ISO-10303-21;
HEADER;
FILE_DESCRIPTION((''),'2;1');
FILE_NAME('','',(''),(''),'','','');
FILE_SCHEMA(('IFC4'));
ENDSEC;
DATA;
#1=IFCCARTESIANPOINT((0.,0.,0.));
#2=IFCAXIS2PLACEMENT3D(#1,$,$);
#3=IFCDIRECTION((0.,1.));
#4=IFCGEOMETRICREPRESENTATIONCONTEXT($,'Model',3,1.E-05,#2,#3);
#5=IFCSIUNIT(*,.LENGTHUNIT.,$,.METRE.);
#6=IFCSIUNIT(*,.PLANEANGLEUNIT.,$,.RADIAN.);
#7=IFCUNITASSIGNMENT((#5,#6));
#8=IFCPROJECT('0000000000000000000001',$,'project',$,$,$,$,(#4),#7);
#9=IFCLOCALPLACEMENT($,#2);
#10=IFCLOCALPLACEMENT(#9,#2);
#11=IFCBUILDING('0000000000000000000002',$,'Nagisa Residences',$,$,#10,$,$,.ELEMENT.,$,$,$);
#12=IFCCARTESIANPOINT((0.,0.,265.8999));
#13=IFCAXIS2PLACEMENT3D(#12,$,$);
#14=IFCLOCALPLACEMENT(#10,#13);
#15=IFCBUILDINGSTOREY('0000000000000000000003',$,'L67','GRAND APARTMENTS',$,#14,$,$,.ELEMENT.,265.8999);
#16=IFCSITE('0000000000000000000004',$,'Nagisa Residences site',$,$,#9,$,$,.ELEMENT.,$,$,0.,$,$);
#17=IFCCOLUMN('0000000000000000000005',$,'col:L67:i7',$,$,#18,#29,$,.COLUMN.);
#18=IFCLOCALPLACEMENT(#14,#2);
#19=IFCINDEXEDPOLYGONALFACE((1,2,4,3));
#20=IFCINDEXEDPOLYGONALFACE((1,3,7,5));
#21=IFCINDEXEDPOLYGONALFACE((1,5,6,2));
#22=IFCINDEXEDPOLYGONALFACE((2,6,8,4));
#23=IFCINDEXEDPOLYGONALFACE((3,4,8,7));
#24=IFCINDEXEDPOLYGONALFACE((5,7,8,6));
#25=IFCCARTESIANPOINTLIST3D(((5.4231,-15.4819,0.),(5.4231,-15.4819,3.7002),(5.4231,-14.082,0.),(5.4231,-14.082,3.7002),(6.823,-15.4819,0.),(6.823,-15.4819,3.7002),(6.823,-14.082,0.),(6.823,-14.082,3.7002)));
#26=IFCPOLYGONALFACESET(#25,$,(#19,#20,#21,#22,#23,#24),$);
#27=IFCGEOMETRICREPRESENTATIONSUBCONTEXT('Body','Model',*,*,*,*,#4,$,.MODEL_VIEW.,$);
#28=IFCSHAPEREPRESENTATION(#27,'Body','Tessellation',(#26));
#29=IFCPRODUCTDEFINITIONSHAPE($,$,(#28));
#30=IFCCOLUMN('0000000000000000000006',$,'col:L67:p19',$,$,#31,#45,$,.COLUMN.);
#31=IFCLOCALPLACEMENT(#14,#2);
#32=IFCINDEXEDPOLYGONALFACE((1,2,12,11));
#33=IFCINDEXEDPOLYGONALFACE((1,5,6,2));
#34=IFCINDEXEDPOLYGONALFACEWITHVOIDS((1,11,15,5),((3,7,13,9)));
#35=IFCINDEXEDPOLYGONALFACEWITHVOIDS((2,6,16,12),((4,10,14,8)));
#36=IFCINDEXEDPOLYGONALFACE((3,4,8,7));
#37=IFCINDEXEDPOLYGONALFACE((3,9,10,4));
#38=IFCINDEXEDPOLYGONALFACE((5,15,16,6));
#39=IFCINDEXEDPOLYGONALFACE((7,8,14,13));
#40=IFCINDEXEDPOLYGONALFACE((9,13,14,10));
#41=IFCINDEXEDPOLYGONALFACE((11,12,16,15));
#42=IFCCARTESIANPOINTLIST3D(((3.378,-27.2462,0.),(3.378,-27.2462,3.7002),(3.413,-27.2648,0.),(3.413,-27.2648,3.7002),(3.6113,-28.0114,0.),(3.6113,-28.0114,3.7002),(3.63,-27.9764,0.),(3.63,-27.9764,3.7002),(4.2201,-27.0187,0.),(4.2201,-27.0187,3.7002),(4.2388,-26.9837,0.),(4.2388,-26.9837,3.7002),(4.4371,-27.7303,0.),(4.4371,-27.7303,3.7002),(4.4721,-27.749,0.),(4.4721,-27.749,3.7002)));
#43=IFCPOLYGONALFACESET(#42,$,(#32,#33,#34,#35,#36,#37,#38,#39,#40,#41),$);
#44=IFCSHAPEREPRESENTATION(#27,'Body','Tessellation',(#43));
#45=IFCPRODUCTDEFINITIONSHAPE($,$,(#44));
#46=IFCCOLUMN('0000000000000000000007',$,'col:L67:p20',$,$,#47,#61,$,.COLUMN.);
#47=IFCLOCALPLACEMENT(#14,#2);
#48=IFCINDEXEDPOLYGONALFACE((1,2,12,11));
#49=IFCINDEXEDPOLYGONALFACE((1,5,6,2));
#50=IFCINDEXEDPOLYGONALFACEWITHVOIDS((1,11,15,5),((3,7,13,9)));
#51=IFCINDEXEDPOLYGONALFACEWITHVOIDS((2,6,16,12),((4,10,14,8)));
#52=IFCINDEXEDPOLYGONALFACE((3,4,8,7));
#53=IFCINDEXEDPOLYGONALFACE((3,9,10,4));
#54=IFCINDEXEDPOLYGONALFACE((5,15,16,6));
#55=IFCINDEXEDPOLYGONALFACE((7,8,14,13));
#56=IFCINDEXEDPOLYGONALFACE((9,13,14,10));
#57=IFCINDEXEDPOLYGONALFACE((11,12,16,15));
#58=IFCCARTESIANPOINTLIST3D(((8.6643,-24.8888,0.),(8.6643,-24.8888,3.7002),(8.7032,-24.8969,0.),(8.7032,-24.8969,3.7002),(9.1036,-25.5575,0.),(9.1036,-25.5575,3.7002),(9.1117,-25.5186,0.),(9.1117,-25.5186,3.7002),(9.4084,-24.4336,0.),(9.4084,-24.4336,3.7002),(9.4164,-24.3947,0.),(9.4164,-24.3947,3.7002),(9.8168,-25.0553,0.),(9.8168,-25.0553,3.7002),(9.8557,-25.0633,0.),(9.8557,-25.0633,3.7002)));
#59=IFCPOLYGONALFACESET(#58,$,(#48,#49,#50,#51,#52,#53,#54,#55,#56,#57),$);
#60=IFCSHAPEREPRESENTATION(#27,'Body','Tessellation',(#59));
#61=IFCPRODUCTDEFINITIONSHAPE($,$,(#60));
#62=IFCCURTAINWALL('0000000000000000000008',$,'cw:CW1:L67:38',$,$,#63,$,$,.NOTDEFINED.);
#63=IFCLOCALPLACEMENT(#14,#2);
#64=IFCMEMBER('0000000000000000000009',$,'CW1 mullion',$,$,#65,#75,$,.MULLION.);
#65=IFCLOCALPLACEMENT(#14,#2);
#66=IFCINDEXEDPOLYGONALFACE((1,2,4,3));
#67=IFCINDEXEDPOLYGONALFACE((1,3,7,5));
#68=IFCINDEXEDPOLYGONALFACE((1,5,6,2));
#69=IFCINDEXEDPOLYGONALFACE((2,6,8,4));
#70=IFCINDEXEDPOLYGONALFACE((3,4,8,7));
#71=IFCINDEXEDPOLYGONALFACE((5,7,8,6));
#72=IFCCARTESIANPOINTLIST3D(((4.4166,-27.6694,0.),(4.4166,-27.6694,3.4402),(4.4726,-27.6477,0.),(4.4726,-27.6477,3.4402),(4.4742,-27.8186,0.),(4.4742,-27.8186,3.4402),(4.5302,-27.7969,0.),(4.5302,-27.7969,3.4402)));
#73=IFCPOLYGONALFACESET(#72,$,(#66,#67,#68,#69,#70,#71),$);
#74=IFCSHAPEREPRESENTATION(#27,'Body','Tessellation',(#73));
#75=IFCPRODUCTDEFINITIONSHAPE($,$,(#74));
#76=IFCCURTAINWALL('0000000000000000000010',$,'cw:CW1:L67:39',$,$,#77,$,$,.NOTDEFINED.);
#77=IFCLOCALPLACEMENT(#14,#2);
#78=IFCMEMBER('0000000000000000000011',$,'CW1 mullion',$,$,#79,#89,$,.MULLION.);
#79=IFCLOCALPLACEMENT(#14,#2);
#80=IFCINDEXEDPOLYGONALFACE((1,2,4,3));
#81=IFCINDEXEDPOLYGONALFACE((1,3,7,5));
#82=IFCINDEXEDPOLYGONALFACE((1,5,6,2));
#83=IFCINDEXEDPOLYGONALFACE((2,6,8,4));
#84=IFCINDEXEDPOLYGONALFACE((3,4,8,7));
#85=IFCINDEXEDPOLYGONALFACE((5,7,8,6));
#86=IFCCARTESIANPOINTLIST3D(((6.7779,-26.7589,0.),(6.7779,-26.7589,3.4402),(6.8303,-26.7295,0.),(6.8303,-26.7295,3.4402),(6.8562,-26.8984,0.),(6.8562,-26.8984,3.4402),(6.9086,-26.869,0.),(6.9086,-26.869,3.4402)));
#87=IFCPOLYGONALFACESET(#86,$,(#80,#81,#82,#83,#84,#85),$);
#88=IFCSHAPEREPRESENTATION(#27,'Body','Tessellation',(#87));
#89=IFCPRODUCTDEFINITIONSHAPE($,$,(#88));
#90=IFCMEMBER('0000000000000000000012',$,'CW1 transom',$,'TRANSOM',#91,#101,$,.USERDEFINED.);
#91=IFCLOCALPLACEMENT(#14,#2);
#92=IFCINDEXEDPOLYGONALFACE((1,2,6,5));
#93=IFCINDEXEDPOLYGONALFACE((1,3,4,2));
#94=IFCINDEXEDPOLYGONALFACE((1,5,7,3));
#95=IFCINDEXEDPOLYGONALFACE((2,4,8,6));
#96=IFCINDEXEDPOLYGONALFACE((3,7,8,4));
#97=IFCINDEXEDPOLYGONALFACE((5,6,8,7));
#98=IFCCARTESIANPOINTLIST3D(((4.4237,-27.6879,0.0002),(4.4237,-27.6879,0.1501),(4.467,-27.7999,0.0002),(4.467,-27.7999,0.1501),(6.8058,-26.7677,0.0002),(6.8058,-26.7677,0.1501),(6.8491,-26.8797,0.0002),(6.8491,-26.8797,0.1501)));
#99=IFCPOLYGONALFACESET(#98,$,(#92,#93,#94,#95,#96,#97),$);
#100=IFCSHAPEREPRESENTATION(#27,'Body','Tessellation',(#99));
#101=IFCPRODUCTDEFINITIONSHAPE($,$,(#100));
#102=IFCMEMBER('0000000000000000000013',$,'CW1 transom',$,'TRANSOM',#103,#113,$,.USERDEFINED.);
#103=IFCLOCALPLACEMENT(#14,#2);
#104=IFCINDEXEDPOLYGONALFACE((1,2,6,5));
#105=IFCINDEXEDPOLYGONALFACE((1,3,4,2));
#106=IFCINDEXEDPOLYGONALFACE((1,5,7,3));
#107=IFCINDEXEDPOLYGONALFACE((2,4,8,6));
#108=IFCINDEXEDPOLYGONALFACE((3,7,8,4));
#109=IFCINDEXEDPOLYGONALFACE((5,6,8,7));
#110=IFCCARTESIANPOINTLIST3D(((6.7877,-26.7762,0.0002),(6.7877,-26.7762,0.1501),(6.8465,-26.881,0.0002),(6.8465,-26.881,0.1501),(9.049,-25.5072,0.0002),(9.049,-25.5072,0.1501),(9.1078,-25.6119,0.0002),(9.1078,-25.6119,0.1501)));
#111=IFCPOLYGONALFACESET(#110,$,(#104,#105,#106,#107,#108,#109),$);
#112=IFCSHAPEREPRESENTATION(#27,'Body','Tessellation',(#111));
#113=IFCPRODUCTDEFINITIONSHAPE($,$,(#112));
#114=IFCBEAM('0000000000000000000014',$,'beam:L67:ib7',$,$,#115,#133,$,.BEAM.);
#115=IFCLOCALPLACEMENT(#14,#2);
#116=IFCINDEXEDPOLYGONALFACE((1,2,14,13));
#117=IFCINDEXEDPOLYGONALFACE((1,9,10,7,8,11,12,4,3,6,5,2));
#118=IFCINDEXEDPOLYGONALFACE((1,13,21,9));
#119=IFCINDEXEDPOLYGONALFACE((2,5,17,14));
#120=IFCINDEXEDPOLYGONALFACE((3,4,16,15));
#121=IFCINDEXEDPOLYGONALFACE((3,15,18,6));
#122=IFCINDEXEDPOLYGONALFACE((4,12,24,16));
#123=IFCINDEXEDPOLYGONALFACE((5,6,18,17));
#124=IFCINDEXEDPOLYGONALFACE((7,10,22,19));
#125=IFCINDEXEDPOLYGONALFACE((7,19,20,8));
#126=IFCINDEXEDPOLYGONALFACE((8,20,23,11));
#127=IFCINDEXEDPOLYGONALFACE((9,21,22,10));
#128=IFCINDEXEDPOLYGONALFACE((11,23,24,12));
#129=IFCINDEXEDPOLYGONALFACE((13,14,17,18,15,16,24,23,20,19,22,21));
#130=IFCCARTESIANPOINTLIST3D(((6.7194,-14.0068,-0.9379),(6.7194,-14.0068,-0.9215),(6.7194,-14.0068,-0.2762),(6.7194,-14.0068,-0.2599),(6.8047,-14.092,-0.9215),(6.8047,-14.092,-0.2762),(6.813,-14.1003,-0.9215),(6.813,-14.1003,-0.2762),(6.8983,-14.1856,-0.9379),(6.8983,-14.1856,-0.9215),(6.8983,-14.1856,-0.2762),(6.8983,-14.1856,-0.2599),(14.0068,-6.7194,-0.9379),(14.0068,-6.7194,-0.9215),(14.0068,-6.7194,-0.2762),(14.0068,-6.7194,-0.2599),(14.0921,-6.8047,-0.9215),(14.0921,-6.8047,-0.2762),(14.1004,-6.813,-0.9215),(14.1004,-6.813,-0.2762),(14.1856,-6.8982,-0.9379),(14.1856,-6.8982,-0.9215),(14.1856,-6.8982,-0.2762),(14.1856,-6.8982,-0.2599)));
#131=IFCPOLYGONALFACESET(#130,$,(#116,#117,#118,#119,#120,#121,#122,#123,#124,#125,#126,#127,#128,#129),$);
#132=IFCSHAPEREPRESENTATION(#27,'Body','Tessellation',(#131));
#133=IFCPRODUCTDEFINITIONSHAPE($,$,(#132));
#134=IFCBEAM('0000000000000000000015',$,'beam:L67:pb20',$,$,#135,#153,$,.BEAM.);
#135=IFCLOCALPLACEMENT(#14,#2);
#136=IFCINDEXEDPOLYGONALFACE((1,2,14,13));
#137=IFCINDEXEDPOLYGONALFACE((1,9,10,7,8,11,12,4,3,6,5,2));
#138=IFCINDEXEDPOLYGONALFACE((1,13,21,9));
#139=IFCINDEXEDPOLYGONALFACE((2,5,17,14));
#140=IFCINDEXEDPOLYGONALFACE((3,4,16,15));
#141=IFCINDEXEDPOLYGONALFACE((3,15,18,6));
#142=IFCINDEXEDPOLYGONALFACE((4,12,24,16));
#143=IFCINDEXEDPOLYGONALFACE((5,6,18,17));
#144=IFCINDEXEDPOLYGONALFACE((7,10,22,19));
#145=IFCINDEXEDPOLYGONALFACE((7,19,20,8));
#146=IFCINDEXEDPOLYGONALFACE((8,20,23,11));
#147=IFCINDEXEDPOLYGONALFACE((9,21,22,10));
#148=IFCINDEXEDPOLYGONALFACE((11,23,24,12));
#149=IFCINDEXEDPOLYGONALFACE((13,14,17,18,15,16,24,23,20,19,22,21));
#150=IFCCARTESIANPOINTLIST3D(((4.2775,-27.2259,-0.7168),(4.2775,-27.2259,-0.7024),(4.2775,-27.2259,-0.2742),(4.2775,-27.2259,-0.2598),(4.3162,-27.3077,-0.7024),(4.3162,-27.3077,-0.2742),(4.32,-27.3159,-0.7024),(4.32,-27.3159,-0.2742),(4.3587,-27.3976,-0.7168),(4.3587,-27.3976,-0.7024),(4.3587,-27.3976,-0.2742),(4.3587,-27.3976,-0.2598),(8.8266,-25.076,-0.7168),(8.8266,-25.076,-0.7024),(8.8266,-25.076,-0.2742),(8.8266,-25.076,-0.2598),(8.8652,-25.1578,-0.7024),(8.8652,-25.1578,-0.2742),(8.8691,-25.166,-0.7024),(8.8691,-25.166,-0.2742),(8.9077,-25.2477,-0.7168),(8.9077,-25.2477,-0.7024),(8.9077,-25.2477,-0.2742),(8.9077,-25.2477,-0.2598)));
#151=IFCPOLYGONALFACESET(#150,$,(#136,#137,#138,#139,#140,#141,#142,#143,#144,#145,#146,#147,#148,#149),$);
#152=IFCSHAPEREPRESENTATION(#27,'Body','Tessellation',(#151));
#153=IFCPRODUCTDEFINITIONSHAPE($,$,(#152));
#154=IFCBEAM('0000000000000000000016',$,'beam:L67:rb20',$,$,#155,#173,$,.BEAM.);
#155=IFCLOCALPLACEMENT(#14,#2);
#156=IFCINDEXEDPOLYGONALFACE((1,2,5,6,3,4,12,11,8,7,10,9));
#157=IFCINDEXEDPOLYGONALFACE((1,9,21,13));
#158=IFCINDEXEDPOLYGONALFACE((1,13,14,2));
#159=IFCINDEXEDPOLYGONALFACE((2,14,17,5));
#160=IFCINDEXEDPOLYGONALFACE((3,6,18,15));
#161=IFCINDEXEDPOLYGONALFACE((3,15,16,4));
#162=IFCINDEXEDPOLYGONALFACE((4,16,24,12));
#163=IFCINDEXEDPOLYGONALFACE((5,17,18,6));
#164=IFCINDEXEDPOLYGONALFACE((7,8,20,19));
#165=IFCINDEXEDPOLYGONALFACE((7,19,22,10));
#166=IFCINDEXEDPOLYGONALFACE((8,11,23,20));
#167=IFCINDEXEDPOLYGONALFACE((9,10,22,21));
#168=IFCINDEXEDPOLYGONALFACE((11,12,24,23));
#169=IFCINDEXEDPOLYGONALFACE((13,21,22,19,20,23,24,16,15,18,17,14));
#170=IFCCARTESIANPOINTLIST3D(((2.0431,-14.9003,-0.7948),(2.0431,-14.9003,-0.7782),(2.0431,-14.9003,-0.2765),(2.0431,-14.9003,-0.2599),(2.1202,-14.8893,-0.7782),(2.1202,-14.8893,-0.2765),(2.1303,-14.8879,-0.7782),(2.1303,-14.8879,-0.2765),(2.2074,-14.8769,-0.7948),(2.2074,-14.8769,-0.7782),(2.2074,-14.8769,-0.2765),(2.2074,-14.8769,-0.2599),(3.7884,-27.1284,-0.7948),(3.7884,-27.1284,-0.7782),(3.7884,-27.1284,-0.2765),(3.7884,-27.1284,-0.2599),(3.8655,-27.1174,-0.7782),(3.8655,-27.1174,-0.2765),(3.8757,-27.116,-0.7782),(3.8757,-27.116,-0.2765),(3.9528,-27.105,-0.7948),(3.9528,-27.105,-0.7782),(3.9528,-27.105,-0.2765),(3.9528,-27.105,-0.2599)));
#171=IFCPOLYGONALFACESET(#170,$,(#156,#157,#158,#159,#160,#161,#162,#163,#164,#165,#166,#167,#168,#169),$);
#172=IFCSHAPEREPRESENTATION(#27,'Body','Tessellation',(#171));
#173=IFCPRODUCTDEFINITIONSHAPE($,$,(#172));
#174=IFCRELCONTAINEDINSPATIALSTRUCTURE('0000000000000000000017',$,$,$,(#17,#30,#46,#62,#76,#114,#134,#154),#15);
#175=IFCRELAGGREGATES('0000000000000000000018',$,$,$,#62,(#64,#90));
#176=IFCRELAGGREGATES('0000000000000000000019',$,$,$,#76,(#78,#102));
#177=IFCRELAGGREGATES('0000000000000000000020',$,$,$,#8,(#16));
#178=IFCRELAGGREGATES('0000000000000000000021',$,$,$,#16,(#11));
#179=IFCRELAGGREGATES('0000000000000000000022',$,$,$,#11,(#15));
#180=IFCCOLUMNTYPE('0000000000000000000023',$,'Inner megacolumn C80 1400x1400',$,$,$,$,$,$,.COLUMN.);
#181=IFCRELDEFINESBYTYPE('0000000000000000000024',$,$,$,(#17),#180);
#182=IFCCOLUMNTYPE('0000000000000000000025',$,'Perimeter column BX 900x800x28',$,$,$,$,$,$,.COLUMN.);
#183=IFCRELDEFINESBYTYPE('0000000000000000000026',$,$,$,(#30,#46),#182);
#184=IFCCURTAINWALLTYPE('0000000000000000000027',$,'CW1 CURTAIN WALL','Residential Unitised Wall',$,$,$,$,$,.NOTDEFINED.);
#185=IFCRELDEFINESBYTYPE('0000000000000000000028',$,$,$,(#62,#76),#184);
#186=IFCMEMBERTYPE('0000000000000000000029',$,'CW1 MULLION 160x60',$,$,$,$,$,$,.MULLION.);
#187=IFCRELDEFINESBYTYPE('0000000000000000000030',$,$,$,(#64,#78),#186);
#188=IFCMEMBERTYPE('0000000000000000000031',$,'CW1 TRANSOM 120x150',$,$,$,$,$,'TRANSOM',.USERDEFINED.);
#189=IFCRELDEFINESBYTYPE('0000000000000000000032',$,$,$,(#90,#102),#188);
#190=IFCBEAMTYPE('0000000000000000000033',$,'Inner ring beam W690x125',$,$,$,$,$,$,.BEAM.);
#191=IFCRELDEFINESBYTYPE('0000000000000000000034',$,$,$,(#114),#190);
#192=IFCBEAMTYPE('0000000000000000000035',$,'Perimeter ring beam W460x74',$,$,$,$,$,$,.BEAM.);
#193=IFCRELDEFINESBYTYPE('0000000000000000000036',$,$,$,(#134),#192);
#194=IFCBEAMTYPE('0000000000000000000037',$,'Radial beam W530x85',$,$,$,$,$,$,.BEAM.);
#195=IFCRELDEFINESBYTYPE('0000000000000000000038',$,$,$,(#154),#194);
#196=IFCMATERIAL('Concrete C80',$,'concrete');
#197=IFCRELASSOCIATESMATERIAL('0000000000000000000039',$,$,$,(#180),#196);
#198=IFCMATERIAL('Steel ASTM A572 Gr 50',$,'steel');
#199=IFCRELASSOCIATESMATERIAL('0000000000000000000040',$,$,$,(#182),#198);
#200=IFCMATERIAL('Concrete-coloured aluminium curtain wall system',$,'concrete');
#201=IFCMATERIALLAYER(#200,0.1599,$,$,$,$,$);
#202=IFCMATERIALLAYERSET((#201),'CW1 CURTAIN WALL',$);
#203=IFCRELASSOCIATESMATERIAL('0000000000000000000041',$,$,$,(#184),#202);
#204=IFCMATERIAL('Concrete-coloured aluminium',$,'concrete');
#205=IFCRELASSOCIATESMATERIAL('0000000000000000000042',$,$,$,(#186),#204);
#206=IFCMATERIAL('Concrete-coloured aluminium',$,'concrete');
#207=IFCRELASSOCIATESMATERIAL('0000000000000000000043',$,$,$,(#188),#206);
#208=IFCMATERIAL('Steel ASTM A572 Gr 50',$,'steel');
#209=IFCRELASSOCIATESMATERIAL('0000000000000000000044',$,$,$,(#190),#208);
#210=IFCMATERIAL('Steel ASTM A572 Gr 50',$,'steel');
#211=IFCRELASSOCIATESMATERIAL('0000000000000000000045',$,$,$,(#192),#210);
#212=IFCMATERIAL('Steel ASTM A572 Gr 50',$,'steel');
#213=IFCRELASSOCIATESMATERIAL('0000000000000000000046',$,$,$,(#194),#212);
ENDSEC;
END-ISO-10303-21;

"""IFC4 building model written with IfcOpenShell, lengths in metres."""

from ifc_helpers import new_model, si_unit, direction, frame, origin, origin_2d, place, context, subcontext, project, spatial, rectangle, hollow_rectangle, i_section, extrude, material, layer, layer_set, material_profile, profile_set, type_object, element, aggregate, save


model = new_model("IFC4")

# Units and contexts
model_context = context("Model", 3, precision=1e-05, world=origin(), true_north=direction((0.0, 1.0)))
body_context = subcontext(model_context, "Body", "Model", "MODEL_VIEW")
ifc_project = project(units=[si_unit("LENGTHUNIT", "METRE"), si_unit("PLANEANGLEUNIT", "RADIAN")], contexts=[model_context])

# Site, building, storey
site_placement = place(None, origin())
site = spatial("IfcSite", under=ifc_project, at=site_placement, Name="Nagisa Residences site", CompositionType="ELEMENT", RefElevation=0.0)
building_placement = place(site_placement, origin())
building = spatial("IfcBuilding", under=site, at=building_placement, Name="Nagisa Residences", CompositionType="ELEMENT")
storey_placement = place(building_placement, frame((0.0, 0.0, 265.8999)))
storey = spatial("IfcBuildingStorey", under=building, at=storey_placement, Name="L67", Description="GRAND APARTMENTS", CompositionType="ELEMENT", Elevation=265.8999)

# Columns
ifc_material_1 = material(Name="Concrete C80", Category="concrete")
ifc_material_profile_1 = material_profile(ifc_material_1, rectangle(XDim=1.3999, YDim=1.3999, at=origin_2d()), Name="C80 1400x1400")
ifc_profile_set_1 = profile_set([ifc_material_profile_1], Name="Concrete C80")
column_type_1 = type_object("IfcColumnType", Name="Inner megacolumn C80 1400x1400", PredefinedType="COLUMN", material=ifc_profile_set_1)
column_placement = place(storey_placement, frame((6.123, -14.782, 0.0), z_axis=(0.0, 0.0, 1.0), x_axis=(1.0, 0.0, 0.0)))
element("IfcColumn", 1, at=column_placement, inside=storey, type_object=column_type_1, Name="col:L67:i7", PredefinedType="COLUMN", context=body_context, shape_type="SweptSolid", body=[
    extrude(rectangle(XDim=1.3999, YDim=1.3999, at=origin_2d()), origin(), (0.0, 0.0, 1.0), 3.7002),
])
ifc_material_2 = material(Name="Steel ASTM A572 Gr 50", Category="steel")
ifc_material_profile_2 = material_profile(ifc_material_2, hollow_rectangle(XDim=0.8999, YDim=0.8, WallThickness=0.0281, at=origin_2d()), Name="BX 900x800x28")
ifc_profile_set_2 = profile_set([ifc_material_profile_2], Name="Steel ASTM A572 Gr 50")
column_type_2 = type_object("IfcColumnType", Name="Perimeter column BX 900x800x28", PredefinedType="COLUMN", material=ifc_profile_set_2)
for number, where, z_axis, x_axis, name in (
    (2, (3.925, -27.4976, 0.0), (0.0, 0.0, 1.0), (0.956525, 0.291652, 0.0), "col:L67:p19"),
    (3, (9.26, -24.9761, 0.0), (0.0, 0.0, 1.0), (0.835766, 0.549086, 0.0), "col:L67:p20"),
):
    element("IfcColumn", number, at=place(storey_placement, frame(where, z_axis=z_axis, x_axis=x_axis)), inside=storey, type_object=column_type_2, Name=name, PredefinedType="COLUMN", context=body_context, shape_type="SweptSolid", body=[
        extrude(hollow_rectangle(XDim=0.8999, YDim=0.8, WallThickness=0.0281, at=origin_2d()), origin(), (0.0, 0.0, 1.0), 3.7002),
    ])

# Curtain walls, members
ifc_material_3 = material(Name="Concrete-coloured aluminium curtain wall system", Category="concrete")
ifc_layer_1 = layer(ifc_material_3, 0.1599)
ifc_layer_set_1 = layer_set([ifc_layer_1], Name="CW1 CURTAIN WALL")
curtain_wall_type = type_object("IfcCurtainWallType", Name="CW1 CURTAIN WALL", Description="Residential Unitised Wall", PredefinedType="NOTDEFINED", material=ifc_layer_set_1)
curtain_wall_1_placement = place(storey_placement, origin())
curtain_wall_1 = element("IfcCurtainWall", 4, at=curtain_wall_1_placement, inside=storey, type_object=curtain_wall_type, Name="cw:CW1:L67:38", PredefinedType="NOTDEFINED")
ifc_material_4 = material(Name="Concrete-coloured aluminium", Category="concrete")
ifc_material_profile_3 = material_profile(ifc_material_4, rectangle(XDim=0.1599, YDim=0.0601, at=origin_2d()), Name="CW1 MULLION 160x60")
ifc_profile_set_3 = profile_set([ifc_material_profile_3], Name="Concrete-coloured aluminium")
member_type_1 = type_object("IfcMemberType", Name="CW1 MULLION 160x60", PredefinedType="MULLION", material=ifc_profile_set_3)
member_1_placement = place(storey_placement, frame((4.4734, -27.7332, 0.0), z_axis=(0.0, 0.0, 1.0), x_axis=(-0.360328, 0.932826, 0.0)))
member_1 = element("IfcMember", 5, at=member_1_placement, type_object=member_type_1, Name="CW1 mullion", PredefinedType="MULLION", context=body_context, shape_type="SweptSolid", body=[
    extrude(rectangle(XDim=0.1599, YDim=0.0601, at=origin_2d()), origin(), (0.0, 0.0, 1.0), 3.4402),
])
curtain_wall_2_placement = place(storey_placement, origin())
curtain_wall_2 = element("IfcCurtainWall", 6, at=curtain_wall_2_placement, inside=storey, type_object=curtain_wall_type, Name="cw:CW1:L67:39", PredefinedType="NOTDEFINED")
member_2_placement = place(storey_placement, frame((6.8433, -26.814, 0.0), z_axis=(0.0, 0.0, 1.0), x_axis=(-0.489377, 0.872072, 0.0)))
member_2 = element("IfcMember", 7, at=member_2_placement, type_object=member_type_1, Name="CW1 mullion", PredefinedType="MULLION", context=body_context, shape_type="SweptSolid", body=[
    extrude(rectangle(XDim=0.1599, YDim=0.0601, at=origin_2d()), origin(), (0.0, 0.0, 1.0), 3.4402),
])

# Members
ifc_material_5 = material(Name="Concrete-coloured aluminium", Category="concrete")
ifc_material_profile_4 = material_profile(ifc_material_5, rectangle(XDim=0.1201, YDim=0.1499, at=origin_2d()), Name="CW1 TRANSOM 120x150")
ifc_profile_set_4 = profile_set([ifc_material_profile_4], Name="Concrete-coloured aluminium")
member_type_2 = type_object("IfcMemberType", Name="CW1 TRANSOM 120x150", ElementType="TRANSOM", PredefinedType="USERDEFINED", material=ifc_profile_set_4)
member_3_placement = place(storey_placement, frame((4.4453, -27.7439, 0.0752), z_axis=(0.932822, 0.360337, 0.0), x_axis=(-0.360337, 0.932822, 0.0)))
member_3 = element("IfcMember", 8, at=member_3_placement, type_object=member_type_2, Name="CW1 transom", ObjectType="TRANSOM", PredefinedType="USERDEFINED", context=body_context, shape_type="SweptSolid", body=[
    extrude(rectangle(XDim=0.1201, YDim=0.1499, at=origin_2d()), origin(), (0.0, 0.0, 1.0), 2.5537),
])
member_4_placement = place(storey_placement, frame((6.8171, -26.8286, 0.0752), z_axis=(0.872053, 0.489412, 0.0), x_axis=(-0.489412, 0.872053, 0.0)))
member_4 = element("IfcMember", 9, at=member_4_placement, type_object=member_type_2, Name="CW1 transom", ObjectType="TRANSOM", PredefinedType="USERDEFINED", context=body_context, shape_type="SweptSolid", body=[
    extrude(rectangle(XDim=0.1201, YDim=0.1499, at=origin_2d()), origin(), (0.0, 0.0, 1.0), 2.593),
])

# Beams
ifc_material_6 = material(Name="Steel ASTM A572 Gr 50", Category="steel")
ifc_material_profile_5 = material_profile(ifc_material_6, i_section(OverallWidth=0.2529, OverallDepth=0.678, WebThickness=0.0117, FlangeThickness=0.0164, at=origin_2d()), Name="W690x125")
ifc_profile_set_5 = profile_set([ifc_material_profile_5], Name="Steel ASTM A572 Gr 50")
beam_type_1 = type_object("IfcBeamType", Name="Inner ring beam W690x125", PredefinedType="BEAM", material=ifc_profile_set_5)
beam_1_placement = place(storey_placement, frame((6.8088, -14.0962, -0.5989), z_axis=(0.707107, 0.707107, 0.0), x_axis=(-0.707107, 0.707107, 0.0)))
element("IfcBeam", 10, at=beam_1_placement, inside=storey, type_object=beam_type_1, Name="beam:L67:ib7", PredefinedType="BEAM", context=body_context, shape_type="SweptSolid", body=[
    extrude(i_section(OverallWidth=0.2529, OverallDepth=0.678, WebThickness=0.0117, FlangeThickness=0.0164, at=origin_2d()), origin(), (0.0, 0.0, 1.0), 10.3059),
])
ifc_material_7 = material(Name="Steel ASTM A572 Gr 50", Category="steel")
ifc_material_profile_6 = material_profile(ifc_material_7, i_section(OverallWidth=0.1899, OverallDepth=0.457, WebThickness=0.009, FlangeThickness=0.0144, at=origin_2d()), Name="W460x74")
ifc_profile_set_6 = profile_set([ifc_material_profile_6], Name="Steel ASTM A572 Gr 50")
beam_type_2 = type_object("IfcBeamType", Name="Perimeter ring beam W460x74", PredefinedType="BEAM", material=ifc_profile_set_6)
beam_2_placement = place(storey_placement, frame((4.3181, -27.3118, -0.4883), z_axis=(0.904116, 0.427287, 0.0), x_axis=(-0.427287, 0.904116, 0.0)))
element("IfcBeam", 11, at=beam_2_placement, inside=storey, type_object=beam_type_2, Name="beam:L67:pb20", PredefinedType="BEAM", context=body_context, shape_type="SweptSolid", body=[
    extrude(i_section(OverallWidth=0.1899, OverallDepth=0.457, WebThickness=0.009, FlangeThickness=0.0144, at=origin_2d()), origin(), (0.0, 0.0, 1.0), 5.0315),
])
ifc_material_8 = material(Name="Steel ASTM A572 Gr 50", Category="steel")
ifc_material_profile_7 = material_profile(ifc_material_8, i_section(OverallWidth=0.166, OverallDepth=0.5349, WebThickness=0.0103, FlangeThickness=0.0166, at=origin_2d()), Name="W530x85")
ifc_profile_set_7 = profile_set([ifc_material_profile_7], Name="Steel ASTM A572 Gr 50")
beam_type_3 = type_object("IfcBeamType", Name="Radial beam W530x85", PredefinedType="BEAM", material=ifc_profile_set_7)
beam_3_placement = place(storey_placement, frame((3.8706, -27.1167, -0.5273), z_axis=(-0.141302, 0.989966, 0.0), x_axis=(-0.989966, -0.141302, 0.0)))
element("IfcBeam", 12, at=beam_3_placement, inside=storey, type_object=beam_type_3, Name="beam:L67:rb20", PredefinedType="BEAM", context=body_context, shape_type="SweptSolid", body=[
    extrude(i_section(OverallWidth=0.166, OverallDepth=0.5349, WebThickness=0.0103, FlangeThickness=0.0166, at=origin_2d()), origin(), (0.0, 0.0, 1.0), 12.3521),
])

aggregate(curtain_wall_1, [member_1, member_3])
aggregate(curtain_wall_2, [member_2, member_4])

save(model, "model.ifc")
